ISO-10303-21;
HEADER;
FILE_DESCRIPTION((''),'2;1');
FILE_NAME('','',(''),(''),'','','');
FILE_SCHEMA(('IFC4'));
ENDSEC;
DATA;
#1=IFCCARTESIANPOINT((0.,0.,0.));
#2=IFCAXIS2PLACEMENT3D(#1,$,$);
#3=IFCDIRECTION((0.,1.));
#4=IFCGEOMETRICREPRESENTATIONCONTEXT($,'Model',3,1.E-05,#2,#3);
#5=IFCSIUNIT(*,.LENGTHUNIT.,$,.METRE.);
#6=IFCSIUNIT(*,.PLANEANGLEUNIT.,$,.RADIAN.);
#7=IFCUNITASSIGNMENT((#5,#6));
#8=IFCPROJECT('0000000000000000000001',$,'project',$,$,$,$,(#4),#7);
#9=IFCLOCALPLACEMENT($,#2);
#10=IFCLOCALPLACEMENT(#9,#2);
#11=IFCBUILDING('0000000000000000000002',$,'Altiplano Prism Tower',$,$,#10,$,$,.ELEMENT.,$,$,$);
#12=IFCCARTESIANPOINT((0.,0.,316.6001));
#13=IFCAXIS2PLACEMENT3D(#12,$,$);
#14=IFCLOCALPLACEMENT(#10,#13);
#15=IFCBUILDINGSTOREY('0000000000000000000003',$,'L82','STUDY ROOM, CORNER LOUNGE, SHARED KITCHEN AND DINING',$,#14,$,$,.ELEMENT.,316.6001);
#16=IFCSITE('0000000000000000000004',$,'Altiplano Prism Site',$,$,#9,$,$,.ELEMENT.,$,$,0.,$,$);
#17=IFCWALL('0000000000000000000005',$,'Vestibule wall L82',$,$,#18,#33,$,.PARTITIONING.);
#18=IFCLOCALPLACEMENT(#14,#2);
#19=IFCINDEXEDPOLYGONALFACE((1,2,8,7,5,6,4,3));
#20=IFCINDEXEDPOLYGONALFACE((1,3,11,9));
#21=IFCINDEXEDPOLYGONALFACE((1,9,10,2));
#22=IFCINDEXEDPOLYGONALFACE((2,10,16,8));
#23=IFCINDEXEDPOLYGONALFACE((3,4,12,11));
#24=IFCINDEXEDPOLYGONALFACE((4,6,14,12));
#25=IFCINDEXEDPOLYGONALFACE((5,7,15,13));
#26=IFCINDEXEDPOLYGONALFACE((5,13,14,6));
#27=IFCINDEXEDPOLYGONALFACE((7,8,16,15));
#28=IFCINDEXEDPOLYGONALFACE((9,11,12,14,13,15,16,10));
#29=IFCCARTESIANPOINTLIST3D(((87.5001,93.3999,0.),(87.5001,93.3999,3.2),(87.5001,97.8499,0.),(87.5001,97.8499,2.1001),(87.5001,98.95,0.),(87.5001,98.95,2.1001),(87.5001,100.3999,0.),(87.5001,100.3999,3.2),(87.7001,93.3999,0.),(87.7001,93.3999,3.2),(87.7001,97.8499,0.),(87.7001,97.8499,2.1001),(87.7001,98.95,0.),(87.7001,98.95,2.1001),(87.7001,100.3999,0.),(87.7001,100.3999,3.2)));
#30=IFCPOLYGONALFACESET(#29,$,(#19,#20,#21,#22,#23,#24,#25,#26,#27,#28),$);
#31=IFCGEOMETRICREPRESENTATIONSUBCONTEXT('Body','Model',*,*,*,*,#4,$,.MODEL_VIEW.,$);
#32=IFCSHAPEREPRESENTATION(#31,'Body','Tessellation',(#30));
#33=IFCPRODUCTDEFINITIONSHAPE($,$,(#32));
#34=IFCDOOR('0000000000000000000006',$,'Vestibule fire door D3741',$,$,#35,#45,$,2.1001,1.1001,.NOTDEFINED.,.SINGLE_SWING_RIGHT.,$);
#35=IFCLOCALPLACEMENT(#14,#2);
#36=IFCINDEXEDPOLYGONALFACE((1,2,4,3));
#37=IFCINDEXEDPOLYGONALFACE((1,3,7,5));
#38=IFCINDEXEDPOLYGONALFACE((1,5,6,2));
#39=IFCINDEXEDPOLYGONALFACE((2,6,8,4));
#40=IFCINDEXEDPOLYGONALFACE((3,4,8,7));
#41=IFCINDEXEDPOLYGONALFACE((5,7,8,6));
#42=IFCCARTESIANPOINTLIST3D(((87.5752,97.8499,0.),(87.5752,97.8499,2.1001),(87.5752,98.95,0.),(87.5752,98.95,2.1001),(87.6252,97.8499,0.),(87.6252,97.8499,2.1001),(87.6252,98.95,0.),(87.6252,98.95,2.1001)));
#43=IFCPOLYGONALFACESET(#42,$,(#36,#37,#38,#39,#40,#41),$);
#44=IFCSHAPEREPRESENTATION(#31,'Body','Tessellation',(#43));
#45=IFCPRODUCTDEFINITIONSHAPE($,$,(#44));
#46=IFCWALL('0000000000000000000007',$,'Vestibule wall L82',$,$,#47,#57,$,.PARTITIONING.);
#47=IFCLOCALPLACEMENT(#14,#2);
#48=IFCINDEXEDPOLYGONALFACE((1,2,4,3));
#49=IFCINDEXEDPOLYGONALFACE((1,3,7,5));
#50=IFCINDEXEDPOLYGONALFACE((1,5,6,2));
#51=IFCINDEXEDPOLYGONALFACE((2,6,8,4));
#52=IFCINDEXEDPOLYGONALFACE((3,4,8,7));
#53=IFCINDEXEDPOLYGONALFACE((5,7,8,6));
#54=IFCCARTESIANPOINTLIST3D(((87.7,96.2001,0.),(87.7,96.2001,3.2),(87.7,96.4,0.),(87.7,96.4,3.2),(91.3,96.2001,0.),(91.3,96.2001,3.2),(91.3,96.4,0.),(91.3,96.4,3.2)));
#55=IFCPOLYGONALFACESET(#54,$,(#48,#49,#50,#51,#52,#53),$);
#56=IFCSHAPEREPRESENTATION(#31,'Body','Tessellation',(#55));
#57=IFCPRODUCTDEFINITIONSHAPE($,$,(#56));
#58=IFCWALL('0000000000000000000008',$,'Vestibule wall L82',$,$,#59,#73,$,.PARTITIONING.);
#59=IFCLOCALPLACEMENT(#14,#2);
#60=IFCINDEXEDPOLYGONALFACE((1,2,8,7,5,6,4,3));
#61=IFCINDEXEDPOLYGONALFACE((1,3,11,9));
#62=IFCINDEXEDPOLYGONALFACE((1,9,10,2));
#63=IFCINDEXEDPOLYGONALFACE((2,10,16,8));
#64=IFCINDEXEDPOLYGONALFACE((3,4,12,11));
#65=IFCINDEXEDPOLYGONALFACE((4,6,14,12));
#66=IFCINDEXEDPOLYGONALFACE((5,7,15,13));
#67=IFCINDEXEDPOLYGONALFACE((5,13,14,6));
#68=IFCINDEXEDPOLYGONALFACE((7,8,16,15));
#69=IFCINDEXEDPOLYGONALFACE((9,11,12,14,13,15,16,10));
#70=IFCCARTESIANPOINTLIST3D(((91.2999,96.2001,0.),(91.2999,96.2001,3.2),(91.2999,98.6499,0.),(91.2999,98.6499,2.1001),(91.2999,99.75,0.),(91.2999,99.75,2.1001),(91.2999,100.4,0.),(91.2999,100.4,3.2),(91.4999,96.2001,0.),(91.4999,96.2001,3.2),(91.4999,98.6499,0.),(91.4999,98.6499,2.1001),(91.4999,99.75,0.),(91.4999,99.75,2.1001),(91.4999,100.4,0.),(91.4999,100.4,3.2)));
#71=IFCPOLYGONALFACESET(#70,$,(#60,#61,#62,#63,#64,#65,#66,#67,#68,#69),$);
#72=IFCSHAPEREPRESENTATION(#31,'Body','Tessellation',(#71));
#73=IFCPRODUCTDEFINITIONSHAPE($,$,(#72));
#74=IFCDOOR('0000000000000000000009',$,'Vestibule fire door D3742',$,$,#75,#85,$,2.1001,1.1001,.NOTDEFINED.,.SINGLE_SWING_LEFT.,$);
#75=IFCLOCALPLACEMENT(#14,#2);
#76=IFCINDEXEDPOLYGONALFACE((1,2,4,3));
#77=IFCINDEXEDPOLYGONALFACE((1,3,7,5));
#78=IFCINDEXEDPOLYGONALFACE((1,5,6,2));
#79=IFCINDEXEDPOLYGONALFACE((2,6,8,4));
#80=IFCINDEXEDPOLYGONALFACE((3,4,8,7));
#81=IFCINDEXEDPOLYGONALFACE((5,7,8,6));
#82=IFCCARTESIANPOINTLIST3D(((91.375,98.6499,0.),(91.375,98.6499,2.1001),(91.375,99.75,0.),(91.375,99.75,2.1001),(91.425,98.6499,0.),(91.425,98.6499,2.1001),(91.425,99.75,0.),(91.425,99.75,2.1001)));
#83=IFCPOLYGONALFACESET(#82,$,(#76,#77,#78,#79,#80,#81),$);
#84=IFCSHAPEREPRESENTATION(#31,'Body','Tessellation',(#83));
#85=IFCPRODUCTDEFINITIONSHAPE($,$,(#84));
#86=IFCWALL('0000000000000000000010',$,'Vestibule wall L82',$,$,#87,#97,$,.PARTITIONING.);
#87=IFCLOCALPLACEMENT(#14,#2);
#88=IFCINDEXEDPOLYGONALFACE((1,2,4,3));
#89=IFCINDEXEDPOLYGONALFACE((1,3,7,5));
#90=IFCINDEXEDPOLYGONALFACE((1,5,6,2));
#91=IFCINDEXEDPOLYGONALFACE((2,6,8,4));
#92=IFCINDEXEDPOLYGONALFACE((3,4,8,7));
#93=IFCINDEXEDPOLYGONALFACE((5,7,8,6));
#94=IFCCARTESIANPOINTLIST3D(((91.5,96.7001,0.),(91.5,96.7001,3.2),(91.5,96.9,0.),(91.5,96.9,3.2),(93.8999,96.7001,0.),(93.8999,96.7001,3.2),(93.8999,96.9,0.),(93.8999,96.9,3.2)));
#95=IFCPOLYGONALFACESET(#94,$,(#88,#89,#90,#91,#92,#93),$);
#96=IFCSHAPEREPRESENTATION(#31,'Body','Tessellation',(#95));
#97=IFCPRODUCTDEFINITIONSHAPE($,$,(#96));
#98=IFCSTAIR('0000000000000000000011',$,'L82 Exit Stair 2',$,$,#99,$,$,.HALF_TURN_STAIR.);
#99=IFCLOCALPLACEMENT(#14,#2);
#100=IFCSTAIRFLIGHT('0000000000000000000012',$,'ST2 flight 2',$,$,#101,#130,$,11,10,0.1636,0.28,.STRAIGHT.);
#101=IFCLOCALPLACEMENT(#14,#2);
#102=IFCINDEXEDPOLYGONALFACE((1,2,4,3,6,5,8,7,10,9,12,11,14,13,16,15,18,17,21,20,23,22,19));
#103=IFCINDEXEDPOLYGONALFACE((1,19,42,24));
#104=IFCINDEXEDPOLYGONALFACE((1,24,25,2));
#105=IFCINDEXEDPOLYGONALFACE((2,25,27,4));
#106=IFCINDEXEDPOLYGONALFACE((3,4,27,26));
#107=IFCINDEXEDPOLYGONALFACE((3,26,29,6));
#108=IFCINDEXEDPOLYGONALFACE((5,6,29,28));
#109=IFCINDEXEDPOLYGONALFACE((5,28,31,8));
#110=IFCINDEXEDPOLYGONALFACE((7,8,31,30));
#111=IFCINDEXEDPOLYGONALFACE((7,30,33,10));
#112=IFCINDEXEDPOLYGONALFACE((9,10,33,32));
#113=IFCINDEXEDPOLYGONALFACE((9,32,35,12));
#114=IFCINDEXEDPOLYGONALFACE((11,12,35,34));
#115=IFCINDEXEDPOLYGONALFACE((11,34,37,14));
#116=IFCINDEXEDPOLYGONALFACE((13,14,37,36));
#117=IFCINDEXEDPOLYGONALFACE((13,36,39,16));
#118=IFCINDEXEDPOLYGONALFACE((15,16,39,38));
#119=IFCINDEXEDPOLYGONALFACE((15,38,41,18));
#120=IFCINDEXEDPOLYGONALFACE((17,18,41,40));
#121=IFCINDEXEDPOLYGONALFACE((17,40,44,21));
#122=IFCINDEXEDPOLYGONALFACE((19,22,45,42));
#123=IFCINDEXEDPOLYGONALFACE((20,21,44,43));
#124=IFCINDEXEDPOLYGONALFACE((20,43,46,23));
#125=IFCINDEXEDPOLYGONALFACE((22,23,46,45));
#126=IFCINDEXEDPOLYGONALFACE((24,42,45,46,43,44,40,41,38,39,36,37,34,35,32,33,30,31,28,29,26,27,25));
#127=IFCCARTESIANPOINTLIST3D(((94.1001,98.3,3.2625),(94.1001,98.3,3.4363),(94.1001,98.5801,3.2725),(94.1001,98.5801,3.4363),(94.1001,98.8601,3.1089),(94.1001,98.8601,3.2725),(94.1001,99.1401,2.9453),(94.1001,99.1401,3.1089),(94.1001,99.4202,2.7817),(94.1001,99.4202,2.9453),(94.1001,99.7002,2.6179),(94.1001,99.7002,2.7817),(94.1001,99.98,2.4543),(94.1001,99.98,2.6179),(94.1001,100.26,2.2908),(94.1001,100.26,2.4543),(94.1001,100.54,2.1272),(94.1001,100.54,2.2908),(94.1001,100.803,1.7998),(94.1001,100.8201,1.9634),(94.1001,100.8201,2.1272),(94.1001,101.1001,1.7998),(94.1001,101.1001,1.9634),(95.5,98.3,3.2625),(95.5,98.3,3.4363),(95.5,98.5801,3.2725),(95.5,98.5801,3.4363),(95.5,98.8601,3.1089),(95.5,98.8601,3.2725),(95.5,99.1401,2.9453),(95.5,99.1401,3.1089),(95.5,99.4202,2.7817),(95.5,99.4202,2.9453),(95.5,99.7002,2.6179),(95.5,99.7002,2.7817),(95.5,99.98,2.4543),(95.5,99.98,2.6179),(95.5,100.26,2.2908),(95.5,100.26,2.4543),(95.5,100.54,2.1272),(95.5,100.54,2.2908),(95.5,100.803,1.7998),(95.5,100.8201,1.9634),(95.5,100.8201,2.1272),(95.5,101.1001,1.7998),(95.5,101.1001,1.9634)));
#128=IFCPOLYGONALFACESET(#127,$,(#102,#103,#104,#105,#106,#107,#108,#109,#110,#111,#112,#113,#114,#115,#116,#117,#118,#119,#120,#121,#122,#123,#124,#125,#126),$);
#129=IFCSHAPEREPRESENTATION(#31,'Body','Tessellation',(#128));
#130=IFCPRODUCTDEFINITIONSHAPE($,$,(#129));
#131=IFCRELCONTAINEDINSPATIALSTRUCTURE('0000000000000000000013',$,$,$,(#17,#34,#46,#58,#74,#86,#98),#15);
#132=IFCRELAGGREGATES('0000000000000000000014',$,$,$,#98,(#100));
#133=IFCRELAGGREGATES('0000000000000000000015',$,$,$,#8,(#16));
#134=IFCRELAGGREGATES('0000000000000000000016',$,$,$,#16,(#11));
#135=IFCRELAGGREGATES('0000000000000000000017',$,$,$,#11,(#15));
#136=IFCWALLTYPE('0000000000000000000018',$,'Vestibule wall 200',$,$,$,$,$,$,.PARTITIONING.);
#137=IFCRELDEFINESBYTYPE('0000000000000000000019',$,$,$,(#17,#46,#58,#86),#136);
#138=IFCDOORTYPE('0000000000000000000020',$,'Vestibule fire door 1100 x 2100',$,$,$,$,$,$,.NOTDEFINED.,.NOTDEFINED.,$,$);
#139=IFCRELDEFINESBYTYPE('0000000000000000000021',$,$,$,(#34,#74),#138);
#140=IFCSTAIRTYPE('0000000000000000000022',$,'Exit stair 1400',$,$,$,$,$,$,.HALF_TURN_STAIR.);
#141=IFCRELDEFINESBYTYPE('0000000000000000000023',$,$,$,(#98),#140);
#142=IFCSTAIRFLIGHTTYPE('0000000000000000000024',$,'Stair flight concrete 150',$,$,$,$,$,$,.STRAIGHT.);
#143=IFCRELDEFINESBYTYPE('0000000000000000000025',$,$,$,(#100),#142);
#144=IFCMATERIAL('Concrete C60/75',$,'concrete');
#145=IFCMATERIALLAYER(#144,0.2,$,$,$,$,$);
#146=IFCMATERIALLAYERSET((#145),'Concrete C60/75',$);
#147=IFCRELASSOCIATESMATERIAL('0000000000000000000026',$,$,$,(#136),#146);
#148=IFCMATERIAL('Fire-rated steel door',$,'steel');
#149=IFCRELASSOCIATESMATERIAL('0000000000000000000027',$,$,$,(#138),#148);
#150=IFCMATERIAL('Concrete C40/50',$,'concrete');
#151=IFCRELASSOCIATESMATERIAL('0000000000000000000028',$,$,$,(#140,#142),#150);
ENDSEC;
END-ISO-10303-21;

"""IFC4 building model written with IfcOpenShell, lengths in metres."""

from ifc_helpers import new_model, si_unit, direction, frame, frame_2d, origin, place, context, subcontext, project, spatial, polyline, rectangle, outline, extrude, material, layer, layer_set, type_object, element, fill, aggregate, save


model = new_model("IFC4")

# Units and contexts
model_context = context("Model", 3, precision=1e-05, world=origin(), true_north=direction((0.0, 1.0)))
body_context = subcontext(model_context, "Body", "Model", "MODEL_VIEW")
ifc_project = project(units=[si_unit("LENGTHUNIT", "METRE"), si_unit("PLANEANGLEUNIT", "RADIAN")], contexts=[model_context])

# Site, building, storey
site_placement = place(None, origin())
site = spatial("IfcSite", under=ifc_project, at=site_placement, Name="Altiplano Prism Site", CompositionType="ELEMENT", RefElevation=0.0)
building_placement = place(site_placement, origin())
building = spatial("IfcBuilding", under=site, at=building_placement, Name="Altiplano Prism Tower", CompositionType="ELEMENT")
storey_placement = place(building_placement, frame((0.0, 0.0, 316.6001)))
storey = spatial("IfcBuildingStorey", under=building, at=storey_placement, Name="L82", Description="STUDY ROOM, CORNER LOUNGE, SHARED KITCHEN AND DINING", CompositionType="ELEMENT", Elevation=316.6001)

# Shared definitions
ifc_material_1 = material(Name="Concrete C60/75", Category="concrete")

# Shared definitions
ifc_material_2 = material(Name="Fire-rated steel door", Category="steel")

# Shared definitions
ifc_layer_1 = layer(ifc_material_1, 0.2)
ifc_layer_set_1 = layer_set([ifc_layer_1], Name="Concrete C60/75")
wall_type_1 = type_object("IfcWallType", Name="Vestibule wall 200", PredefinedType="PARTITIONING", material=ifc_layer_set_1)

# Wall, opening, door
wall_1_placement = place(storey_placement, frame((87.6001, 93.3999, 0.0), z_axis=(0.0, 0.0, 1.0), x_axis=(0.0, 1.0, 0.0)))
wall_1 = element("IfcWall", 1, at=wall_1_placement, inside=storey, type_object=wall_type_1, Name="Vestibule wall L82", PredefinedType="PARTITIONING", context=body_context, shape_type="SweptSolid", body=[
    extrude(rectangle(XDim=7.0, YDim=0.2, at=frame_2d((3.5, 0.0))), origin(), (0.0, 0.0, 1.0), 3.2),
])
opening_1_placement = place(wall_1_placement, frame((4.45, 0.0, 0.0)))
opening_1 = element("IfcOpeningElement", 2, at=opening_1_placement, cuts=wall_1, PredefinedType="OPENING", context=body_context, shape_type="SweptSolid", body=[
    extrude(rectangle(XDim=1.1001, YDim=2.1001, at=frame_2d((0.55, 1.05))), frame((0.0, 0.1104, 0.0), z_axis=(0.0, -1.0, 0.0), x_axis=(1.0, 0.0, 0.0)), (0.0, 0.0, 1.0), 0.2209),
])
door_type_1 = type_object("IfcDoorType", Name="Vestibule fire door 1100 x 2100", OperationType="NOTDEFINED", PredefinedType="NOTDEFINED", material=ifc_material_2)
door_1_placement = place(opening_1_placement, origin())
door_1 = element("IfcDoor", 3, at=door_1_placement, inside=storey, type_object=door_type_1, Name="Vestibule fire door D3741", OperationType="SINGLE_SWING_RIGHT", OverallHeight=2.1001, OverallWidth=1.1001, PredefinedType="NOTDEFINED", context=body_context, shape_type="SweptSolid", body=[
    extrude(rectangle(XDim=1.1001, YDim=2.1001, at=frame_2d((0.55, 1.05))), frame((0.0, 0.0249, 0.0), z_axis=(0.0, -1.0, 0.0), x_axis=(1.0, 0.0, 0.0)), (0.0, 0.0, 1.0), 0.05),
])
fill(opening_1, door_1)

# Wall
wall_2_placement = place(storey_placement, frame((87.7, 96.3, 0.0), z_axis=(0.0, 0.0, 1.0), x_axis=(1.0, 0.0, 0.0)))
element("IfcWall", 4, at=wall_2_placement, inside=storey, type_object=wall_type_1, Name="Vestibule wall L82", PredefinedType="PARTITIONING", context=body_context, shape_type="SweptSolid", body=[
    extrude(rectangle(XDim=3.6001, YDim=0.2, at=frame_2d((1.8, 0.0))), origin(), (0.0, 0.0, 1.0), 3.2),
])

# Wall, opening, door
wall_3_placement = place(storey_placement, frame((91.3999, 96.2, 0.0), z_axis=(0.0, 0.0, 1.0), x_axis=(0.0, 1.0, 0.0)))
wall_3 = element("IfcWall", 5, at=wall_3_placement, inside=storey, type_object=wall_type_1, Name="Vestibule wall L82", PredefinedType="PARTITIONING", context=body_context, shape_type="SweptSolid", body=[
    extrude(rectangle(XDim=4.2, YDim=0.2, at=frame_2d((2.1001, 0.0))), origin(), (0.0, 0.0, 1.0), 3.2),
])
opening_2_placement = place(wall_3_placement, frame((2.45, 0.0, 0.0)))
opening_2 = element("IfcOpeningElement", 6, at=opening_2_placement, cuts=wall_3, PredefinedType="OPENING", context=body_context, shape_type="SweptSolid", body=[
    extrude(rectangle(XDim=1.1001, YDim=2.1001, at=frame_2d((0.55, 1.05))), frame((0.0, 0.1104, 0.0), z_axis=(0.0, -1.0, 0.0), x_axis=(1.0, 0.0, 0.0)), (0.0, 0.0, 1.0), 0.2209),
])
door_2_placement = place(opening_2_placement, origin())
door_2 = element("IfcDoor", 7, at=door_2_placement, inside=storey, type_object=door_type_1, Name="Vestibule fire door D3742", OperationType="SINGLE_SWING_LEFT", OverallHeight=2.1001, OverallWidth=1.1001, PredefinedType="NOTDEFINED", context=body_context, shape_type="SweptSolid", body=[
    extrude(rectangle(XDim=1.1001, YDim=2.1001, at=frame_2d((0.55, 1.05))), frame((0.0, 0.0249, 0.0), z_axis=(0.0, -1.0, 0.0), x_axis=(1.0, 0.0, 0.0)), (0.0, 0.0, 1.0), 0.05),
])
fill(opening_2, door_2)

# Wall
wall_4_placement = place(storey_placement, frame((91.5, 96.8, 0.0), z_axis=(0.0, 0.0, 1.0), x_axis=(1.0, 0.0, 0.0)))
element("IfcWall", 8, at=wall_4_placement, inside=storey, type_object=wall_type_1, Name="Vestibule wall L82", PredefinedType="PARTITIONING", context=body_context, shape_type="SweptSolid", body=[
    extrude(rectangle(XDim=2.3999, YDim=0.2, at=frame_2d((1.2, 0.0))), origin(), (0.0, 0.0, 1.0), 3.2),
])

# Stair, stair flight
ifc_material_3 = material(Name="Concrete C40/50", Category="concrete")
stair_type = type_object("IfcStairType", Name="Exit stair 1400", PredefinedType="HALF_TURN_STAIR", material=ifc_material_3)
stair_placement = place(storey_placement, origin())
stair = element("IfcStair", 9, at=stair_placement, inside=storey, type_object=stair_type, Name="L82 Exit Stair 2", PredefinedType="HALF_TURN_STAIR")
stair_flight_type = type_object("IfcStairFlightType", Name="Stair flight concrete 150", PredefinedType="STRAIGHT", material=ifc_material_3)
stair_flight_placement = place(storey_placement, frame((94.8, 101.1001, 1.7998), z_axis=(0.0, 0.0, 1.0), x_axis=(0.0, -1.0, 0.0)))
stair_flight = element("IfcStairFlight", 10, at=stair_flight_placement, type_object=stair_flight_type, Name="ST2 flight 2", NumberOfRisers=11, NumberOfTreads=10, PredefinedType="STRAIGHT", RiserHeight=0.1636, TreadLength=0.28, context=body_context, shape_type="SweptSolid", body=[
    extrude(outline(polyline([(0.0, 0.0), (0.0, 0.1636), (0.28, 0.1636), (0.28, 0.3274), (0.5601, 0.3274), (0.5601, 0.491), (0.8401, 0.491), (0.8401, 0.6545), (1.1201, 0.6545), (1.1201, 0.8181), (1.3999, 0.8181), (1.3999, 0.9819), (1.6799, 0.9819), (1.6799, 1.1455), (1.96, 1.1455), (1.96, 1.3091), (2.24, 1.3091), (2.24, 1.4727), (2.52, 1.4727), (2.52, 1.6365), (2.8, 1.6365), (2.8, 1.8), (2.8, 1.4626), (0.2971, 0.0), (0.0, 0.0)])), frame((0.0, 0.7, 0.0), z_axis=(0.0, -1.0, 0.0), x_axis=(1.0, 0.0, 0.0)), (0.0, 0.0, 1.0), 1.3999),
])
aggregate(stair, [stair_flight])

save(model, "model.ifc")
